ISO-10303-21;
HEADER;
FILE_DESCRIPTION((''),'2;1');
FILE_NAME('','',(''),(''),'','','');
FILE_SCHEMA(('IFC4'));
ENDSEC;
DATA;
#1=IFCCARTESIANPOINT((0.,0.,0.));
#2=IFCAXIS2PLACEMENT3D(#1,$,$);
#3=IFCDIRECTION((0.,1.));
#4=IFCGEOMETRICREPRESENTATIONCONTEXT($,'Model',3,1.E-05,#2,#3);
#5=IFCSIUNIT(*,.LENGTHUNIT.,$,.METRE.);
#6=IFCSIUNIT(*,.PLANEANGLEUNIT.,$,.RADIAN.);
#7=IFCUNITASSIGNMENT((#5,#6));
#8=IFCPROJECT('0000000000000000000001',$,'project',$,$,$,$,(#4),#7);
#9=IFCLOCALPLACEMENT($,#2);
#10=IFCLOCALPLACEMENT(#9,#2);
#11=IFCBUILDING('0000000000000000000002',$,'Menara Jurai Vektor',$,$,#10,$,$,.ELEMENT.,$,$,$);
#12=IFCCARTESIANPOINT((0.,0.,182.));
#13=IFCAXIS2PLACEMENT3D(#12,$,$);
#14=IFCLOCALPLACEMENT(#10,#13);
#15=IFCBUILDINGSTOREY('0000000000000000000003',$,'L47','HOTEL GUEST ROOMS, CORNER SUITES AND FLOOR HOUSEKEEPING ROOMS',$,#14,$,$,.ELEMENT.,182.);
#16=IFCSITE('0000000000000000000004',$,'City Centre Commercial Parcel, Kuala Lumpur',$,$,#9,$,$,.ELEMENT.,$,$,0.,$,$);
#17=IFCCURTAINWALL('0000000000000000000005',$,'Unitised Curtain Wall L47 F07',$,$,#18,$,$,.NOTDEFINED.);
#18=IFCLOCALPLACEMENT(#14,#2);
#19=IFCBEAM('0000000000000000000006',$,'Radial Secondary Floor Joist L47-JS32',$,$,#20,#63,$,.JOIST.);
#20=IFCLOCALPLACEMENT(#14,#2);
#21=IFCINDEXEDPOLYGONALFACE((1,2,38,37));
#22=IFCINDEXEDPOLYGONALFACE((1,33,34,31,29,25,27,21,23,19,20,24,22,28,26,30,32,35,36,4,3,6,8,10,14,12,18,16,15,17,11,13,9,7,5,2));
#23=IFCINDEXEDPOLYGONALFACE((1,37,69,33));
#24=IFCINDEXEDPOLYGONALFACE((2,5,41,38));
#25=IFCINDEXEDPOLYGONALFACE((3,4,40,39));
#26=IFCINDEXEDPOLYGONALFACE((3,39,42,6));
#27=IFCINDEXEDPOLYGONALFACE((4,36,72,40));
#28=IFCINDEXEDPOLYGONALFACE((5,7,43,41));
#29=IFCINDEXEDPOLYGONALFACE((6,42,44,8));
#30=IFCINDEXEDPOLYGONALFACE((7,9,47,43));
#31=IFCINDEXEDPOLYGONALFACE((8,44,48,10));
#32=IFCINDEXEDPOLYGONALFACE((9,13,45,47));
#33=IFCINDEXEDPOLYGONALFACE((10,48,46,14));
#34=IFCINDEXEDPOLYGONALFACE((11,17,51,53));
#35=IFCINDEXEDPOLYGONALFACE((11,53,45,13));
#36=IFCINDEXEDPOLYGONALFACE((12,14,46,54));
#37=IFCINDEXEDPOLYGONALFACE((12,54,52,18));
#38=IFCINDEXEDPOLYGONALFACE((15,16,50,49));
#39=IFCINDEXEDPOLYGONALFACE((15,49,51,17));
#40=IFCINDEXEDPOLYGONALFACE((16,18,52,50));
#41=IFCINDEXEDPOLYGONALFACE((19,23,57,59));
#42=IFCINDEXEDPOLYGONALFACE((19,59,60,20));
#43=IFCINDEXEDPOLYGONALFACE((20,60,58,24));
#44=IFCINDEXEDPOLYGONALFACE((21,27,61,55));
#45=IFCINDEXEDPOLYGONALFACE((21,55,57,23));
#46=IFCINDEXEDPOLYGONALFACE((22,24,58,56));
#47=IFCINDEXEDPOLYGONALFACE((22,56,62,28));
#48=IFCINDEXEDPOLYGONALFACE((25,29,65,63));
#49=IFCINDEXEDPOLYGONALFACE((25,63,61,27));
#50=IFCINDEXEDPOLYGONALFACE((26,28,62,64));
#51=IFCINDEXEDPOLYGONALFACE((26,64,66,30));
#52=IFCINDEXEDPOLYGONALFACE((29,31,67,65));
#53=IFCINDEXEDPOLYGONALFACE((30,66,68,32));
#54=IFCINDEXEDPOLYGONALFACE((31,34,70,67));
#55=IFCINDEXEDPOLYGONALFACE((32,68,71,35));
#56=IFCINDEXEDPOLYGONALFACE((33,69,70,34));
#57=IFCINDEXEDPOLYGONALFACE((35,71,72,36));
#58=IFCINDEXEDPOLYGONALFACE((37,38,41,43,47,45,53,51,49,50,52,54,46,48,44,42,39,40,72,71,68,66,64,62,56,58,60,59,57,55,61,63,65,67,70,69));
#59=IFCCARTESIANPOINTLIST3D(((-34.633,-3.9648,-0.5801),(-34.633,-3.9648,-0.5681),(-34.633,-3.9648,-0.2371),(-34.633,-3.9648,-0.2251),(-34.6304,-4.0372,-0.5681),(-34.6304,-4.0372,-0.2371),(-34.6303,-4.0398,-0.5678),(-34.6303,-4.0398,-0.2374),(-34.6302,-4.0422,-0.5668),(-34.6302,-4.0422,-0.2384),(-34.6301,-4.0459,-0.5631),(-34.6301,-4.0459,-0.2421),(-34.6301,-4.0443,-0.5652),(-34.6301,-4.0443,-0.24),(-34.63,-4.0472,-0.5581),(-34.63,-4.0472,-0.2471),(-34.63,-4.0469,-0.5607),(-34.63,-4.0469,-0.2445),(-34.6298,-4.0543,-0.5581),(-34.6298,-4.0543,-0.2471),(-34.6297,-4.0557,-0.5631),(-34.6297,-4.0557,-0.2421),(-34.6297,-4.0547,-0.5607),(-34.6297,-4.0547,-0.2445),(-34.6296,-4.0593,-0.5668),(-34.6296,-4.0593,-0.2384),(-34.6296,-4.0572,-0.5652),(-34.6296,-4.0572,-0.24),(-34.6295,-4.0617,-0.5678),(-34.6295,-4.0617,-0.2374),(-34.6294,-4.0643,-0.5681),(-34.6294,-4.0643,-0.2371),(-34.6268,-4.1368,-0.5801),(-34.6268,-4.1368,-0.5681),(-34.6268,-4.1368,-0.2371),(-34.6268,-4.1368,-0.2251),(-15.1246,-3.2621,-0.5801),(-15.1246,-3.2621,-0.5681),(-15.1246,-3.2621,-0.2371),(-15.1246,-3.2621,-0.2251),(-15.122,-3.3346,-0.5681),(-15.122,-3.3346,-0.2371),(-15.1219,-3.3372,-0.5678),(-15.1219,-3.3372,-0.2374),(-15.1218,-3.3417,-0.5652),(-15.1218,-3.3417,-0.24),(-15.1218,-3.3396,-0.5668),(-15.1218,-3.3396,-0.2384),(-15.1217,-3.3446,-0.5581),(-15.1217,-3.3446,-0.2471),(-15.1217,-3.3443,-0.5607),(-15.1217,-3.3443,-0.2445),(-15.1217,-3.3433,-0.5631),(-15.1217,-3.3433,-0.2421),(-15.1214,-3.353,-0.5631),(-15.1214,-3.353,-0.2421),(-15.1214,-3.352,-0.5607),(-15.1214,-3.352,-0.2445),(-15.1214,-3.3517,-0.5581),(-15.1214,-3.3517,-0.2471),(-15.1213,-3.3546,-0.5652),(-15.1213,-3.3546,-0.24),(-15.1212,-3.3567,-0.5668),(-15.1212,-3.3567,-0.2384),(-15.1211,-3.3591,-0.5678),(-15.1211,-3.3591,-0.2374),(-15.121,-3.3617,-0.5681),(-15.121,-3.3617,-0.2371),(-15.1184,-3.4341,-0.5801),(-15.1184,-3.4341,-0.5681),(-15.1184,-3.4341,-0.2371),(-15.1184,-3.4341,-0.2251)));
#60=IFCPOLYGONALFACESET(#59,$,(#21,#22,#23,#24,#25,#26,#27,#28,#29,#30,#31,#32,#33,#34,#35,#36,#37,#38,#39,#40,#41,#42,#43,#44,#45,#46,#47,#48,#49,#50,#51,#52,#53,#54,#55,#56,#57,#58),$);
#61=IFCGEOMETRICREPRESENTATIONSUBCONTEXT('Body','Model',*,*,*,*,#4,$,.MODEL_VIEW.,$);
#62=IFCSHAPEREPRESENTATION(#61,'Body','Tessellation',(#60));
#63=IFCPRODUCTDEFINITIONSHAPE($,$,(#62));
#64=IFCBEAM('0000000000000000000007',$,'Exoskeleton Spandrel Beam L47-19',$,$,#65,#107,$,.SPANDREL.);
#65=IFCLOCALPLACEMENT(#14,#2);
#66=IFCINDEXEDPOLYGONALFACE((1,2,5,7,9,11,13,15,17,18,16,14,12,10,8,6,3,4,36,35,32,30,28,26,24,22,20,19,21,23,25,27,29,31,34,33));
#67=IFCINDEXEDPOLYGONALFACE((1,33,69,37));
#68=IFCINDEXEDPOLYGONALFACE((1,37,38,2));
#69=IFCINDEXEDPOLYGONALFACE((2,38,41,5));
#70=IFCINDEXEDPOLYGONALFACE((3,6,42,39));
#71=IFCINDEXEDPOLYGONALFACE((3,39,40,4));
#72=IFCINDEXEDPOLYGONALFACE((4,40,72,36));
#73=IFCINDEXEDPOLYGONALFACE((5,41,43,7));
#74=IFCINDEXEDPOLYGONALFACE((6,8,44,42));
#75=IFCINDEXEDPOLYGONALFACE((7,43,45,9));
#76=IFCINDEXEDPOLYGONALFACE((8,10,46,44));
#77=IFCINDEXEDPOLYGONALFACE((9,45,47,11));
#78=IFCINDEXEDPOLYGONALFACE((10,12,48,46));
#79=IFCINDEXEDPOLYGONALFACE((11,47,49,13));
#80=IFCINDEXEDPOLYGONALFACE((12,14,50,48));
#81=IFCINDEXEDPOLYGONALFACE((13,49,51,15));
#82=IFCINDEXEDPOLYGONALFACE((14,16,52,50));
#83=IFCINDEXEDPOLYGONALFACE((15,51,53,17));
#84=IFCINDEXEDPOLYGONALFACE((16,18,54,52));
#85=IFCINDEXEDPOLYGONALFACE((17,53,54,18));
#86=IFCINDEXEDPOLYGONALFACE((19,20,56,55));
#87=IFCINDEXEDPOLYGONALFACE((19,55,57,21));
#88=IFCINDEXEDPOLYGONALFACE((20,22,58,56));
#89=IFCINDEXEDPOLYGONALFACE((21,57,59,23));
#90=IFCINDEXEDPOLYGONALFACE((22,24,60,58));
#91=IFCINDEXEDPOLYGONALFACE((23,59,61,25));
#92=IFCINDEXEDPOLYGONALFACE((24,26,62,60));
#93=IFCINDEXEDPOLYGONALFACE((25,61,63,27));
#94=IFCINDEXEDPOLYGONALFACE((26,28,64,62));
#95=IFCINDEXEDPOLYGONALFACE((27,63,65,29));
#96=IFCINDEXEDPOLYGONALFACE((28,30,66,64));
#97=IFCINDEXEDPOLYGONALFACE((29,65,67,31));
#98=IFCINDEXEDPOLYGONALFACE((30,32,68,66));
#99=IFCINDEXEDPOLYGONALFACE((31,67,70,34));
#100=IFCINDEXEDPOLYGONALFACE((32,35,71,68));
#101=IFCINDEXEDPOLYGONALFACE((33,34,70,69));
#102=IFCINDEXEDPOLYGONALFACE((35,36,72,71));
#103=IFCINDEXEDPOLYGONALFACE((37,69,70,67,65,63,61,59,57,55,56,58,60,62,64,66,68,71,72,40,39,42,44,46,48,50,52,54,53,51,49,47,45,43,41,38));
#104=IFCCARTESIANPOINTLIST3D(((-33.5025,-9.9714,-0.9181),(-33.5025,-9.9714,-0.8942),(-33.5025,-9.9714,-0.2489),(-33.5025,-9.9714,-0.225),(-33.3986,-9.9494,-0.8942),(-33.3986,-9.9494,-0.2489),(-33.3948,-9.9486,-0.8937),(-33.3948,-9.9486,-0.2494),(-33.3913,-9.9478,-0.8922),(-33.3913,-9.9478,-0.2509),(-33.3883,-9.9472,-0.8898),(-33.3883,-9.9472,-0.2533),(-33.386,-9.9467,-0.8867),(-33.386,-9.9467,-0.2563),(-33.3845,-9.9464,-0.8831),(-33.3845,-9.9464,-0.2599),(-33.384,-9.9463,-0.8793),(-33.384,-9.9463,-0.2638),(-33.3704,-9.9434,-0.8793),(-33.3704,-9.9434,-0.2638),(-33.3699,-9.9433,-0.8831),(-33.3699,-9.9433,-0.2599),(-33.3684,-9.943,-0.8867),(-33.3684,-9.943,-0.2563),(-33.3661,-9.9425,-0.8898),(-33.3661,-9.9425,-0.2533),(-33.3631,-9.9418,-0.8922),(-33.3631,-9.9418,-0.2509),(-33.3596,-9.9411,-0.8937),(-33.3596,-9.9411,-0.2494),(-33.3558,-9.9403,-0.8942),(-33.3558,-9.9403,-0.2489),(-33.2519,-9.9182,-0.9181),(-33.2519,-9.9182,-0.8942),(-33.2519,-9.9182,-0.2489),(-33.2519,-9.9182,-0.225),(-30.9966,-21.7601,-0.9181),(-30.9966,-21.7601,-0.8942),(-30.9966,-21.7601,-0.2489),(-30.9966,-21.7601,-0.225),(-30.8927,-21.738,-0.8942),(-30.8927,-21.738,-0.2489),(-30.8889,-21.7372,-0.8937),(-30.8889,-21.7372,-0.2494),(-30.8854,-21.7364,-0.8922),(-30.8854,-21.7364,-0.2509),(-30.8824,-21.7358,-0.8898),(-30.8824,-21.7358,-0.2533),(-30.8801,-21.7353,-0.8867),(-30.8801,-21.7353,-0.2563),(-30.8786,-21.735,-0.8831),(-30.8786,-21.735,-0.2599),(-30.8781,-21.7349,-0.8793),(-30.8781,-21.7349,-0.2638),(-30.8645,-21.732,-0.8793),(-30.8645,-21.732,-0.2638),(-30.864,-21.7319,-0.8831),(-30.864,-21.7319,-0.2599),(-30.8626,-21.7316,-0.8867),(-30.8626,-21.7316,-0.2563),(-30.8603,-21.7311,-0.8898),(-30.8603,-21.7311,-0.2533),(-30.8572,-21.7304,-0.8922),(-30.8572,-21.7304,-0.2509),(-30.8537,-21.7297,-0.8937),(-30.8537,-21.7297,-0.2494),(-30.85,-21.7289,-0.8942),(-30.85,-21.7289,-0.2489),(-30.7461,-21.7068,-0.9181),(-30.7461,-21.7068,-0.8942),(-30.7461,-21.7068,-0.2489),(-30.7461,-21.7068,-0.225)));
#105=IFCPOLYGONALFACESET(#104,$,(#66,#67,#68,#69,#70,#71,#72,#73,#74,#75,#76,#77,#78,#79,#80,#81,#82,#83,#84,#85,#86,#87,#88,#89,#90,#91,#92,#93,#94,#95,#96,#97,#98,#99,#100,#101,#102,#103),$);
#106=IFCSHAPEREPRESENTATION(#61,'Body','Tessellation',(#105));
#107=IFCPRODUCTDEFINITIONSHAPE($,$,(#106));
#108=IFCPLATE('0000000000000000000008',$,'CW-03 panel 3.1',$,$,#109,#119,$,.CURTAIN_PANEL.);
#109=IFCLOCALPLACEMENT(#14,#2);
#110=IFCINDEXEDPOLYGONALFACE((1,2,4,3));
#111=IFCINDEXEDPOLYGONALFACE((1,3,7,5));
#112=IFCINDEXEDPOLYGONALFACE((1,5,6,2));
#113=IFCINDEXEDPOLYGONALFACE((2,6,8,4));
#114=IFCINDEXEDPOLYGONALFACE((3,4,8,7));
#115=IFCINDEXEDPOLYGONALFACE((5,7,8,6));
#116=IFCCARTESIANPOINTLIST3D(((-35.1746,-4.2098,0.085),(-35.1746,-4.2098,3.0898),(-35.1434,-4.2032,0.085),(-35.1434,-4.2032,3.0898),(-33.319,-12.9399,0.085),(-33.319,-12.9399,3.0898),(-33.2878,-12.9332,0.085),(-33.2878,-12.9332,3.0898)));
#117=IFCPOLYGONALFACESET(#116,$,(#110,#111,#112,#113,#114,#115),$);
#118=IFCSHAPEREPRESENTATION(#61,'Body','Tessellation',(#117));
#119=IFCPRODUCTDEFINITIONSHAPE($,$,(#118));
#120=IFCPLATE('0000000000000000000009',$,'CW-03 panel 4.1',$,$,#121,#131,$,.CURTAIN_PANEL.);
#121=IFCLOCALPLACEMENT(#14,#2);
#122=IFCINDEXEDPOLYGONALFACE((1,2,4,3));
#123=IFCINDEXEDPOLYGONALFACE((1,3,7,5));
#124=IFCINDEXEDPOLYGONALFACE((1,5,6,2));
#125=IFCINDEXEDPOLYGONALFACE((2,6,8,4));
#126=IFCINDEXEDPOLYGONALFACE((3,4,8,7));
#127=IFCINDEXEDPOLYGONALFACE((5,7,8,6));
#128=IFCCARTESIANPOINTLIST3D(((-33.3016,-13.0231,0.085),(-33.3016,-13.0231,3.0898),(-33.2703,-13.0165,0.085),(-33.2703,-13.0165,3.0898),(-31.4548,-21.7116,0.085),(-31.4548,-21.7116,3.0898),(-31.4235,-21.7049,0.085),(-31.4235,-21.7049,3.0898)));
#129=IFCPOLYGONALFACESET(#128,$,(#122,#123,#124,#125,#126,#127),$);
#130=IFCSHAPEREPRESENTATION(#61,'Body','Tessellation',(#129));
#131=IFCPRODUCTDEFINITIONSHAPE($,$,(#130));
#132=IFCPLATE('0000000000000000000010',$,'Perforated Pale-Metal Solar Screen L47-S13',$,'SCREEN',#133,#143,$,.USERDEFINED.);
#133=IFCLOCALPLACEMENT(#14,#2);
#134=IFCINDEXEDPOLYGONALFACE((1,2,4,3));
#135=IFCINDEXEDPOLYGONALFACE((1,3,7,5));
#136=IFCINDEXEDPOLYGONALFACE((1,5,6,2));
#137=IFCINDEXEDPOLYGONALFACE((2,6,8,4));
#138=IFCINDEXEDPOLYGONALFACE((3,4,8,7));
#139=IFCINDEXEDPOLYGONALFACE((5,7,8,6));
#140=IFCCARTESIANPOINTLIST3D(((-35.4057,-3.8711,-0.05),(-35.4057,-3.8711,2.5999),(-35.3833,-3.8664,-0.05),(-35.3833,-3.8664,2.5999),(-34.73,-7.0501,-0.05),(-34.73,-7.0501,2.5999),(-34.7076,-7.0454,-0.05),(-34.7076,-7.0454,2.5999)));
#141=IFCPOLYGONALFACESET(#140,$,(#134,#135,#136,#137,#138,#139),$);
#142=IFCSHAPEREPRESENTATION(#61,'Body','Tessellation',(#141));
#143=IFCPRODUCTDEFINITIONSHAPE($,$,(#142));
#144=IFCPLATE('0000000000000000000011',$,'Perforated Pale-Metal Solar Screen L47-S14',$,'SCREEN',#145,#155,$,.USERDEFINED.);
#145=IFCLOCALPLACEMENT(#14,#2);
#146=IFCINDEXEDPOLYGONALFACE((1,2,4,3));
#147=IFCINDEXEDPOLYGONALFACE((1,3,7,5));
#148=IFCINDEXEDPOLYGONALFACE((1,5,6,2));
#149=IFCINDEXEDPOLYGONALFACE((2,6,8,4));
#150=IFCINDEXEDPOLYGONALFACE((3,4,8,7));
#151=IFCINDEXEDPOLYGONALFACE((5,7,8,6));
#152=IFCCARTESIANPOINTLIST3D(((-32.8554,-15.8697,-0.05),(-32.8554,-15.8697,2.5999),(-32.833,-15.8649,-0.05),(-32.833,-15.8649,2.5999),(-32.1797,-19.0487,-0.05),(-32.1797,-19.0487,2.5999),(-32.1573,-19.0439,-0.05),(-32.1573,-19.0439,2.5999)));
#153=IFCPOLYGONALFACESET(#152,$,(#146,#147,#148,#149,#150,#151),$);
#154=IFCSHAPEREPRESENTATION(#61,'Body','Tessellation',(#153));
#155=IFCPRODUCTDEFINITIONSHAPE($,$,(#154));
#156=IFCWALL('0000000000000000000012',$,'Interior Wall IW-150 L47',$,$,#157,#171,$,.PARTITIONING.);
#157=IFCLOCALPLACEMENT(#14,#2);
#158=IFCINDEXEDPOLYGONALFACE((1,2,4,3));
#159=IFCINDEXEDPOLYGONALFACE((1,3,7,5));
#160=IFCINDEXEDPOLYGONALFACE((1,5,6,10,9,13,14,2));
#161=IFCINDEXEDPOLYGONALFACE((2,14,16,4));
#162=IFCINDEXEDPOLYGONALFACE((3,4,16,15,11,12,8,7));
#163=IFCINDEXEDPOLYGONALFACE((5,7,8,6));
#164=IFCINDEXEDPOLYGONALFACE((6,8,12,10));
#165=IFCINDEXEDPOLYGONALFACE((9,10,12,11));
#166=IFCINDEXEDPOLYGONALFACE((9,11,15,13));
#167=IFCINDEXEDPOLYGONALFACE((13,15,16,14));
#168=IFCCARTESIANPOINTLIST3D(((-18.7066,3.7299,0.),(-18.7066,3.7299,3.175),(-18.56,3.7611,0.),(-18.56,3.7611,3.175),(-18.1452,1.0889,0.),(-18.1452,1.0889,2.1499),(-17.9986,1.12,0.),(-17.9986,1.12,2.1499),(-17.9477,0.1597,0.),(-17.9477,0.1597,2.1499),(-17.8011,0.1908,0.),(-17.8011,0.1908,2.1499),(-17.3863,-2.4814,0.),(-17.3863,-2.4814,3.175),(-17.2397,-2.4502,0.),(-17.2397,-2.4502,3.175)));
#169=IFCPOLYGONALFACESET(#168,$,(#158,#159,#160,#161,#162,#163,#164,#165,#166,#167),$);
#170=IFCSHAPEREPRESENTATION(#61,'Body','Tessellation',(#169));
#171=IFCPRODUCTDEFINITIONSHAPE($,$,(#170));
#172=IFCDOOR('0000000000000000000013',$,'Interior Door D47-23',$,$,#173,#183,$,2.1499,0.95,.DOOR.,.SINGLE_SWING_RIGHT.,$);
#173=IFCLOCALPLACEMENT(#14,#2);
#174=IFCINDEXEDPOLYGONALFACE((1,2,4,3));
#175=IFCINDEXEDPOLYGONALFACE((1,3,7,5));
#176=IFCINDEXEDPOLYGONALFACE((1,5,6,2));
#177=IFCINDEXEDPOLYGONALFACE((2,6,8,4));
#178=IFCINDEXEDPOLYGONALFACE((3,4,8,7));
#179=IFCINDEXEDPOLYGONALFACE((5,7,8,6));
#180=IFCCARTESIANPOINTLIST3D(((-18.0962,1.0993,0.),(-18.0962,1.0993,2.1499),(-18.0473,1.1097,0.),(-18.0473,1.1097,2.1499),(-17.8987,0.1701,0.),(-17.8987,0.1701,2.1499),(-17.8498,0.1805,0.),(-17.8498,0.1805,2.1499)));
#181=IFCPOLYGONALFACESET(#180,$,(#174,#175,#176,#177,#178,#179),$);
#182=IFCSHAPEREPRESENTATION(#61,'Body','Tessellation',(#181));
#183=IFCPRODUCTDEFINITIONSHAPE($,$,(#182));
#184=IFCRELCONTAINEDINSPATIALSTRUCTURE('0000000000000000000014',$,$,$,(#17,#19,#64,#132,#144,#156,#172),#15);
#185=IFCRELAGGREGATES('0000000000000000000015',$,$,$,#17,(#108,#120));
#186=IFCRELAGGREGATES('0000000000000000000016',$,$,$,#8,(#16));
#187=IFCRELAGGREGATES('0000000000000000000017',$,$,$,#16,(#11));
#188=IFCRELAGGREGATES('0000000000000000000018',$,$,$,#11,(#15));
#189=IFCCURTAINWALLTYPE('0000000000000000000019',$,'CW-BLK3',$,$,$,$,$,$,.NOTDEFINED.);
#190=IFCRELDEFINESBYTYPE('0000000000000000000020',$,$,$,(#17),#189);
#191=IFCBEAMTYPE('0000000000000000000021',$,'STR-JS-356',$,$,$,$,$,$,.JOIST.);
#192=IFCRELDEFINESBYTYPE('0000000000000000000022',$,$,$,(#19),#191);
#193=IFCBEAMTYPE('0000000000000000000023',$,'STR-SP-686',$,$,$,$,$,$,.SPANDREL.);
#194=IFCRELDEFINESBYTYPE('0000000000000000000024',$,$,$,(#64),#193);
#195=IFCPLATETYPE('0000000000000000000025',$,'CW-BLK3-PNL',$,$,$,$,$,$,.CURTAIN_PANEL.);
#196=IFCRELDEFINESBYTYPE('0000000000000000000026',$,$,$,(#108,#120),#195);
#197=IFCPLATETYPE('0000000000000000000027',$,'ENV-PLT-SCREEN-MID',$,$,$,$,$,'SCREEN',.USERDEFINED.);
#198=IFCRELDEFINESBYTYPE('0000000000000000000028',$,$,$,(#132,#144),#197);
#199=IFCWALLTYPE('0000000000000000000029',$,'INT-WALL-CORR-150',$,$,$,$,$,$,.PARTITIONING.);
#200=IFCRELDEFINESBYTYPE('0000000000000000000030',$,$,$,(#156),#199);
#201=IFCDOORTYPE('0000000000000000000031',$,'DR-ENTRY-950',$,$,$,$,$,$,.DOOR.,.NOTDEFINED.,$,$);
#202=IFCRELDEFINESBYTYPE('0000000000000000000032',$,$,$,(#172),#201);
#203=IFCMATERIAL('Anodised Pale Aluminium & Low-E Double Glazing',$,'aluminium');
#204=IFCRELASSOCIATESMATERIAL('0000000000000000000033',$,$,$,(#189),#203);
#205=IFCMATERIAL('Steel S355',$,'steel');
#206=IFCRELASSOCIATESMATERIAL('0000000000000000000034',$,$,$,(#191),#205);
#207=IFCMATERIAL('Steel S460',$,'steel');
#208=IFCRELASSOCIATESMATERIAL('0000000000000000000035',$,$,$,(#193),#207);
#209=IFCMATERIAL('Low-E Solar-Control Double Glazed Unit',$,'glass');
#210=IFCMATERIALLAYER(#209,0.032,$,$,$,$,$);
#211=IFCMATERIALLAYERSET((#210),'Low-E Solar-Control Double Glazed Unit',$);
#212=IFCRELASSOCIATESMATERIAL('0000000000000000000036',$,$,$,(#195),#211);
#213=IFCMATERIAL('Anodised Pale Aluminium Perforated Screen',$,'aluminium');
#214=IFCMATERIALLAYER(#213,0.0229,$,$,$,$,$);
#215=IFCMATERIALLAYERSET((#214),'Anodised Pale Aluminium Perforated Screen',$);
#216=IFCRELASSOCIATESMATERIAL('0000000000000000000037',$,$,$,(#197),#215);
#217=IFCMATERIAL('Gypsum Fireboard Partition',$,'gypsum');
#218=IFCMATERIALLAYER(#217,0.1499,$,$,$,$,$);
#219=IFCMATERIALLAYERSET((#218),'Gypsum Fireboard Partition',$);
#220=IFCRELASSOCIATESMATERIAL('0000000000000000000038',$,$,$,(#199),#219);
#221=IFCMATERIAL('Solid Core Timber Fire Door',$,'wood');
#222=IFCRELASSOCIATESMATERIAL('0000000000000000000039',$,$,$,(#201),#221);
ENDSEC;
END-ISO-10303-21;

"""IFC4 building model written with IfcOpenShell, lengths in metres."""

from ifc_helpers import new_model, si_unit, direction, frame, frame_2d, origin, origin_2d, place, context, subcontext, project, spatial, rectangle, i_section, extrude, material, layer, layer_set, material_profile, profile_set, type_object, element, fill, aggregate, save


model = new_model("IFC4")

# Units and contexts
model_context = context("Model", 3, precision=1e-05, world=origin(), true_north=direction((0.0, 1.0)))
body_context = subcontext(model_context, "Body", "Model", "MODEL_VIEW")
ifc_project = project(units=[si_unit("LENGTHUNIT", "METRE"), si_unit("PLANEANGLEUNIT", "RADIAN")], contexts=[model_context])

# Site, building, storey
site_placement = place(None, origin())
site = spatial("IfcSite", under=ifc_project, at=site_placement, Name="City Centre Commercial Parcel, Kuala Lumpur", CompositionType="ELEMENT", RefElevation=0.0)
building_placement = place(site_placement, origin())
building = spatial("IfcBuilding", under=site, at=building_placement, Name="Menara Jurai Vektor", CompositionType="ELEMENT")
storey_placement = place(building_placement, frame((0.0, 0.0, 182.0)))
storey = spatial("IfcBuildingStorey", under=building, at=storey_placement, Name="L47", Description="HOTEL GUEST ROOMS, CORNER SUITES AND FLOOR HOUSEKEEPING ROOMS", CompositionType="ELEMENT", Elevation=182.0)

# Shared definitions
ifc_material_1 = material(Name="Steel S460", Category="steel")

# Curtain wall
ifc_material_2 = material(Name="Anodised Pale Aluminium & Low-E Double Glazing", Category="aluminium")
curtain_wall_type = type_object("IfcCurtainWallType", Name="CW-BLK3", PredefinedType="NOTDEFINED", material=ifc_material_2)
curtain_wall_placement = place(storey_placement, origin())
curtain_wall = element("IfcCurtainWall", 1, at=curtain_wall_placement, inside=storey, type_object=curtain_wall_type, Name="Unitised Curtain Wall L47 F07", PredefinedType="NOTDEFINED")

# Beams
ifc_material_3 = material(Name="Steel S355", Category="steel")
ifc_material_profile_1 = material_profile(ifc_material_3, i_section(OverallWidth=0.1721, OverallDepth=0.355, WebThickness=0.0071, FlangeThickness=0.012, FilletRadius=0.01, at=origin_2d()), Name="UKB 356x171x51")
ifc_profile_set_1 = profile_set([ifc_material_profile_1], Name="Steel S355")
beam_type_1 = type_object("IfcBeamType", Name="STR-JS-356", PredefinedType="JOIST", material=ifc_profile_set_1)
beam_1_placement = place(storey_placement, frame((-34.6299, -4.0508, -0.4026), z_axis=(0.999352, 0.035994, 0.0), x_axis=(-0.035994, 0.999352, 0.0)))
element("IfcBeam", 2, at=beam_1_placement, inside=storey, type_object=beam_type_1, Name="Radial Secondary Floor Joist L47-JS32", PredefinedType="JOIST", context=body_context, shape_type="SweptSolid", body=[
    extrude(i_section(OverallWidth=0.1721, OverallDepth=0.355, WebThickness=0.0071, FlangeThickness=0.012, FilletRadius=0.01, at=origin_2d()), origin(), (0.0, 0.0, 1.0), 19.521),
])
ifc_material_profile_2 = material_profile(ifc_material_1, i_section(OverallWidth=0.2561, OverallDepth=0.6931, WebThickness=0.0139, FlangeThickness=0.0239, FilletRadius=0.0149, at=origin_2d()), Name="UKB 686x254x170")
ifc_profile_set_2 = profile_set([ifc_material_profile_2], Name="Steel S460")
beam_type_2 = type_object("IfcBeamType", Name="STR-SP-686", PredefinedType="SPANDREL", material=ifc_profile_set_2)
beam_2_placement = place(storey_placement, frame((-33.3772, -9.9448, -0.5715), z_axis=(0.207921, -0.978146, 0.0), x_axis=(0.978146, 0.207921, 0.0)))
element("IfcBeam", 3, at=beam_2_placement, inside=storey, type_object=beam_type_2, Name="Exoskeleton Spandrel Beam L47-19", PredefinedType="SPANDREL", context=body_context, shape_type="SweptSolid", body=[
    extrude(i_section(OverallWidth=0.2561, OverallDepth=0.6931, WebThickness=0.0139, FlangeThickness=0.0239, FilletRadius=0.0149, at=origin_2d()), origin(), (0.0, 0.0, 1.0), 12.052),
])

# Plates
ifc_material_4 = material(Name="Low-E Solar-Control Double Glazed Unit", Category="glass")
ifc_layer_1 = layer(ifc_material_4, 0.032)
ifc_layer_set_1 = layer_set([ifc_layer_1], Name="Low-E Solar-Control Double Glazed Unit")
plate_type_1 = type_object("IfcPlateType", Name="CW-BLK3-PNL", PredefinedType="CURTAIN_PANEL", material=ifc_layer_set_1)
plate_1_placement = place(storey_placement, frame((-34.2312, -8.5715, 0.085), z_axis=(0.0, 0.0, 1.0), x_axis=(0.20791, -0.978148, 0.0)))
plate_1 = element("IfcPlate", 4, at=plate_1_placement, type_object=plate_type_1, Name="CW-03 panel 3.1", PredefinedType="CURTAIN_PANEL", context=body_context, shape_type="SweptSolid", body=[
    extrude(rectangle(XDim=8.925, YDim=0.032, at=origin_2d()), origin(), (0.0, 0.0, 1.0), 3.0049),
])
plate_2_placement = place(storey_placement, frame((-32.3625, -17.364, 0.085), z_axis=(0.0, 0.0, 1.0), x_axis=(0.20791, -0.978148, 0.0)))
plate_2 = element("IfcPlate", 5, at=plate_2_placement, type_object=plate_type_1, Name="CW-03 panel 4.1", PredefinedType="CURTAIN_PANEL", context=body_context, shape_type="SweptSolid", body=[
    extrude(rectangle(XDim=8.8826, YDim=0.032, at=origin_2d()), origin(), (0.0, 0.0, 1.0), 3.0049),
])
aggregate(curtain_wall, [plate_1, plate_2])

# Plates
ifc_material_5 = material(Name="Anodised Pale Aluminium Perforated Screen", Category="aluminium")
ifc_layer_2 = layer(ifc_material_5, 0.0229)
ifc_layer_set_2 = layer_set([ifc_layer_2], Name="Anodised Pale Aluminium Perforated Screen")
plate_type_2 = type_object("IfcPlateType", Name="ENV-PLT-SCREEN-MID", ElementType="SCREEN", PredefinedType="USERDEFINED", material=ifc_layer_set_2)
for number, where, z_axis, x_axis, name in (
    (6, (-35.0566, -5.4583, -0.05), (0.0, 0.0, 1.0), (0.207912, -0.978148, 0.0), "Perforated Pale-Metal Solar Screen L47-S13"),
    (7, (-32.5063, -17.4568, -0.05), (0.0, 0.0, 1.0), (0.207912, -0.978148, 0.0), "Perforated Pale-Metal Solar Screen L47-S14"),
):
    element("IfcPlate", number, at=place(storey_placement, frame(where, z_axis=z_axis, x_axis=x_axis)), inside=storey, type_object=plate_type_2, Name=name, ObjectType="SCREEN", PredefinedType="USERDEFINED", context=body_context, shape_type="SweptSolid", body=[
        extrude(rectangle(XDim=3.25, YDim=0.0229, at=origin_2d()), origin(), (0.0, 0.0, 1.0), 2.6499),
    ])

# Wall, opening, door
ifc_material_6 = material(Name="Gypsum Fireboard Partition", Category="gypsum")
ifc_layer_3 = layer(ifc_material_6, 0.1499)
ifc_layer_set_3 = layer_set([ifc_layer_3], Name="Gypsum Fireboard Partition")
wall_type = type_object("IfcWallType", Name="INT-WALL-CORR-150", PredefinedType="PARTITIONING", material=ifc_layer_set_3)
wall_1_placement = place(storey_placement, frame((-17.313, -2.4658, 0.0), z_axis=(0.0, 0.0, 1.0), x_axis=(-0.207917, 0.978147, 0.0)))
wall_1 = element("IfcWall", 8, at=wall_1_placement, inside=storey, type_object=wall_type, Name="Interior Wall IW-150 L47", PredefinedType="PARTITIONING", context=body_context, shape_type="SweptSolid", body=[
    extrude(rectangle(XDim=6.3501, YDim=0.1499, at=frame_2d((3.175, 0.0))), origin(), (0.0, 0.0, 1.0), 3.175),
])
opening_1_placement = place(wall_1_placement, frame((2.7, 0.0, 0.0)))
opening_1 = element("IfcOpeningElement", 9, at=opening_1_placement, cuts=wall_1, PredefinedType="OPENING", context=body_context, shape_type="SweptSolid", body=[
    extrude(rectangle(XDim=0.95, YDim=2.1499, at=frame_2d((0.4751, 1.075))), frame((0.0, 0.085, 0.0), z_axis=(0.0, -1.0, 0.0), x_axis=(1.0, 0.0, 0.0)), (0.0, 0.0, 1.0), 0.1699),
])
ifc_material_7 = material(Name="Solid Core Timber Fire Door", Category="wood")
door_type_1 = type_object("IfcDoorType", Name="DR-ENTRY-950", OperationType="NOTDEFINED", PredefinedType="DOOR", material=ifc_material_7)
door_1_placement = place(opening_1_placement, origin())
door_1 = element("IfcDoor", 10, at=door_1_placement, inside=storey, type_object=door_type_1, Name="Interior Door D47-23", OperationType="SINGLE_SWING_RIGHT", OverallHeight=2.1499, OverallWidth=0.95, PredefinedType="DOOR", context=body_context, shape_type="SweptSolid", body=[
    extrude(rectangle(XDim=0.95, YDim=2.1499, at=frame_2d((0.4751, 1.075))), frame((0.0, 0.0249, 0.0), z_axis=(0.0, -1.0, 0.0), x_axis=(1.0, 0.0, 0.0)), (0.0, 0.0, 1.0), 0.05),
])
fill(opening_1, door_1)

save(model, "model.ifc")
